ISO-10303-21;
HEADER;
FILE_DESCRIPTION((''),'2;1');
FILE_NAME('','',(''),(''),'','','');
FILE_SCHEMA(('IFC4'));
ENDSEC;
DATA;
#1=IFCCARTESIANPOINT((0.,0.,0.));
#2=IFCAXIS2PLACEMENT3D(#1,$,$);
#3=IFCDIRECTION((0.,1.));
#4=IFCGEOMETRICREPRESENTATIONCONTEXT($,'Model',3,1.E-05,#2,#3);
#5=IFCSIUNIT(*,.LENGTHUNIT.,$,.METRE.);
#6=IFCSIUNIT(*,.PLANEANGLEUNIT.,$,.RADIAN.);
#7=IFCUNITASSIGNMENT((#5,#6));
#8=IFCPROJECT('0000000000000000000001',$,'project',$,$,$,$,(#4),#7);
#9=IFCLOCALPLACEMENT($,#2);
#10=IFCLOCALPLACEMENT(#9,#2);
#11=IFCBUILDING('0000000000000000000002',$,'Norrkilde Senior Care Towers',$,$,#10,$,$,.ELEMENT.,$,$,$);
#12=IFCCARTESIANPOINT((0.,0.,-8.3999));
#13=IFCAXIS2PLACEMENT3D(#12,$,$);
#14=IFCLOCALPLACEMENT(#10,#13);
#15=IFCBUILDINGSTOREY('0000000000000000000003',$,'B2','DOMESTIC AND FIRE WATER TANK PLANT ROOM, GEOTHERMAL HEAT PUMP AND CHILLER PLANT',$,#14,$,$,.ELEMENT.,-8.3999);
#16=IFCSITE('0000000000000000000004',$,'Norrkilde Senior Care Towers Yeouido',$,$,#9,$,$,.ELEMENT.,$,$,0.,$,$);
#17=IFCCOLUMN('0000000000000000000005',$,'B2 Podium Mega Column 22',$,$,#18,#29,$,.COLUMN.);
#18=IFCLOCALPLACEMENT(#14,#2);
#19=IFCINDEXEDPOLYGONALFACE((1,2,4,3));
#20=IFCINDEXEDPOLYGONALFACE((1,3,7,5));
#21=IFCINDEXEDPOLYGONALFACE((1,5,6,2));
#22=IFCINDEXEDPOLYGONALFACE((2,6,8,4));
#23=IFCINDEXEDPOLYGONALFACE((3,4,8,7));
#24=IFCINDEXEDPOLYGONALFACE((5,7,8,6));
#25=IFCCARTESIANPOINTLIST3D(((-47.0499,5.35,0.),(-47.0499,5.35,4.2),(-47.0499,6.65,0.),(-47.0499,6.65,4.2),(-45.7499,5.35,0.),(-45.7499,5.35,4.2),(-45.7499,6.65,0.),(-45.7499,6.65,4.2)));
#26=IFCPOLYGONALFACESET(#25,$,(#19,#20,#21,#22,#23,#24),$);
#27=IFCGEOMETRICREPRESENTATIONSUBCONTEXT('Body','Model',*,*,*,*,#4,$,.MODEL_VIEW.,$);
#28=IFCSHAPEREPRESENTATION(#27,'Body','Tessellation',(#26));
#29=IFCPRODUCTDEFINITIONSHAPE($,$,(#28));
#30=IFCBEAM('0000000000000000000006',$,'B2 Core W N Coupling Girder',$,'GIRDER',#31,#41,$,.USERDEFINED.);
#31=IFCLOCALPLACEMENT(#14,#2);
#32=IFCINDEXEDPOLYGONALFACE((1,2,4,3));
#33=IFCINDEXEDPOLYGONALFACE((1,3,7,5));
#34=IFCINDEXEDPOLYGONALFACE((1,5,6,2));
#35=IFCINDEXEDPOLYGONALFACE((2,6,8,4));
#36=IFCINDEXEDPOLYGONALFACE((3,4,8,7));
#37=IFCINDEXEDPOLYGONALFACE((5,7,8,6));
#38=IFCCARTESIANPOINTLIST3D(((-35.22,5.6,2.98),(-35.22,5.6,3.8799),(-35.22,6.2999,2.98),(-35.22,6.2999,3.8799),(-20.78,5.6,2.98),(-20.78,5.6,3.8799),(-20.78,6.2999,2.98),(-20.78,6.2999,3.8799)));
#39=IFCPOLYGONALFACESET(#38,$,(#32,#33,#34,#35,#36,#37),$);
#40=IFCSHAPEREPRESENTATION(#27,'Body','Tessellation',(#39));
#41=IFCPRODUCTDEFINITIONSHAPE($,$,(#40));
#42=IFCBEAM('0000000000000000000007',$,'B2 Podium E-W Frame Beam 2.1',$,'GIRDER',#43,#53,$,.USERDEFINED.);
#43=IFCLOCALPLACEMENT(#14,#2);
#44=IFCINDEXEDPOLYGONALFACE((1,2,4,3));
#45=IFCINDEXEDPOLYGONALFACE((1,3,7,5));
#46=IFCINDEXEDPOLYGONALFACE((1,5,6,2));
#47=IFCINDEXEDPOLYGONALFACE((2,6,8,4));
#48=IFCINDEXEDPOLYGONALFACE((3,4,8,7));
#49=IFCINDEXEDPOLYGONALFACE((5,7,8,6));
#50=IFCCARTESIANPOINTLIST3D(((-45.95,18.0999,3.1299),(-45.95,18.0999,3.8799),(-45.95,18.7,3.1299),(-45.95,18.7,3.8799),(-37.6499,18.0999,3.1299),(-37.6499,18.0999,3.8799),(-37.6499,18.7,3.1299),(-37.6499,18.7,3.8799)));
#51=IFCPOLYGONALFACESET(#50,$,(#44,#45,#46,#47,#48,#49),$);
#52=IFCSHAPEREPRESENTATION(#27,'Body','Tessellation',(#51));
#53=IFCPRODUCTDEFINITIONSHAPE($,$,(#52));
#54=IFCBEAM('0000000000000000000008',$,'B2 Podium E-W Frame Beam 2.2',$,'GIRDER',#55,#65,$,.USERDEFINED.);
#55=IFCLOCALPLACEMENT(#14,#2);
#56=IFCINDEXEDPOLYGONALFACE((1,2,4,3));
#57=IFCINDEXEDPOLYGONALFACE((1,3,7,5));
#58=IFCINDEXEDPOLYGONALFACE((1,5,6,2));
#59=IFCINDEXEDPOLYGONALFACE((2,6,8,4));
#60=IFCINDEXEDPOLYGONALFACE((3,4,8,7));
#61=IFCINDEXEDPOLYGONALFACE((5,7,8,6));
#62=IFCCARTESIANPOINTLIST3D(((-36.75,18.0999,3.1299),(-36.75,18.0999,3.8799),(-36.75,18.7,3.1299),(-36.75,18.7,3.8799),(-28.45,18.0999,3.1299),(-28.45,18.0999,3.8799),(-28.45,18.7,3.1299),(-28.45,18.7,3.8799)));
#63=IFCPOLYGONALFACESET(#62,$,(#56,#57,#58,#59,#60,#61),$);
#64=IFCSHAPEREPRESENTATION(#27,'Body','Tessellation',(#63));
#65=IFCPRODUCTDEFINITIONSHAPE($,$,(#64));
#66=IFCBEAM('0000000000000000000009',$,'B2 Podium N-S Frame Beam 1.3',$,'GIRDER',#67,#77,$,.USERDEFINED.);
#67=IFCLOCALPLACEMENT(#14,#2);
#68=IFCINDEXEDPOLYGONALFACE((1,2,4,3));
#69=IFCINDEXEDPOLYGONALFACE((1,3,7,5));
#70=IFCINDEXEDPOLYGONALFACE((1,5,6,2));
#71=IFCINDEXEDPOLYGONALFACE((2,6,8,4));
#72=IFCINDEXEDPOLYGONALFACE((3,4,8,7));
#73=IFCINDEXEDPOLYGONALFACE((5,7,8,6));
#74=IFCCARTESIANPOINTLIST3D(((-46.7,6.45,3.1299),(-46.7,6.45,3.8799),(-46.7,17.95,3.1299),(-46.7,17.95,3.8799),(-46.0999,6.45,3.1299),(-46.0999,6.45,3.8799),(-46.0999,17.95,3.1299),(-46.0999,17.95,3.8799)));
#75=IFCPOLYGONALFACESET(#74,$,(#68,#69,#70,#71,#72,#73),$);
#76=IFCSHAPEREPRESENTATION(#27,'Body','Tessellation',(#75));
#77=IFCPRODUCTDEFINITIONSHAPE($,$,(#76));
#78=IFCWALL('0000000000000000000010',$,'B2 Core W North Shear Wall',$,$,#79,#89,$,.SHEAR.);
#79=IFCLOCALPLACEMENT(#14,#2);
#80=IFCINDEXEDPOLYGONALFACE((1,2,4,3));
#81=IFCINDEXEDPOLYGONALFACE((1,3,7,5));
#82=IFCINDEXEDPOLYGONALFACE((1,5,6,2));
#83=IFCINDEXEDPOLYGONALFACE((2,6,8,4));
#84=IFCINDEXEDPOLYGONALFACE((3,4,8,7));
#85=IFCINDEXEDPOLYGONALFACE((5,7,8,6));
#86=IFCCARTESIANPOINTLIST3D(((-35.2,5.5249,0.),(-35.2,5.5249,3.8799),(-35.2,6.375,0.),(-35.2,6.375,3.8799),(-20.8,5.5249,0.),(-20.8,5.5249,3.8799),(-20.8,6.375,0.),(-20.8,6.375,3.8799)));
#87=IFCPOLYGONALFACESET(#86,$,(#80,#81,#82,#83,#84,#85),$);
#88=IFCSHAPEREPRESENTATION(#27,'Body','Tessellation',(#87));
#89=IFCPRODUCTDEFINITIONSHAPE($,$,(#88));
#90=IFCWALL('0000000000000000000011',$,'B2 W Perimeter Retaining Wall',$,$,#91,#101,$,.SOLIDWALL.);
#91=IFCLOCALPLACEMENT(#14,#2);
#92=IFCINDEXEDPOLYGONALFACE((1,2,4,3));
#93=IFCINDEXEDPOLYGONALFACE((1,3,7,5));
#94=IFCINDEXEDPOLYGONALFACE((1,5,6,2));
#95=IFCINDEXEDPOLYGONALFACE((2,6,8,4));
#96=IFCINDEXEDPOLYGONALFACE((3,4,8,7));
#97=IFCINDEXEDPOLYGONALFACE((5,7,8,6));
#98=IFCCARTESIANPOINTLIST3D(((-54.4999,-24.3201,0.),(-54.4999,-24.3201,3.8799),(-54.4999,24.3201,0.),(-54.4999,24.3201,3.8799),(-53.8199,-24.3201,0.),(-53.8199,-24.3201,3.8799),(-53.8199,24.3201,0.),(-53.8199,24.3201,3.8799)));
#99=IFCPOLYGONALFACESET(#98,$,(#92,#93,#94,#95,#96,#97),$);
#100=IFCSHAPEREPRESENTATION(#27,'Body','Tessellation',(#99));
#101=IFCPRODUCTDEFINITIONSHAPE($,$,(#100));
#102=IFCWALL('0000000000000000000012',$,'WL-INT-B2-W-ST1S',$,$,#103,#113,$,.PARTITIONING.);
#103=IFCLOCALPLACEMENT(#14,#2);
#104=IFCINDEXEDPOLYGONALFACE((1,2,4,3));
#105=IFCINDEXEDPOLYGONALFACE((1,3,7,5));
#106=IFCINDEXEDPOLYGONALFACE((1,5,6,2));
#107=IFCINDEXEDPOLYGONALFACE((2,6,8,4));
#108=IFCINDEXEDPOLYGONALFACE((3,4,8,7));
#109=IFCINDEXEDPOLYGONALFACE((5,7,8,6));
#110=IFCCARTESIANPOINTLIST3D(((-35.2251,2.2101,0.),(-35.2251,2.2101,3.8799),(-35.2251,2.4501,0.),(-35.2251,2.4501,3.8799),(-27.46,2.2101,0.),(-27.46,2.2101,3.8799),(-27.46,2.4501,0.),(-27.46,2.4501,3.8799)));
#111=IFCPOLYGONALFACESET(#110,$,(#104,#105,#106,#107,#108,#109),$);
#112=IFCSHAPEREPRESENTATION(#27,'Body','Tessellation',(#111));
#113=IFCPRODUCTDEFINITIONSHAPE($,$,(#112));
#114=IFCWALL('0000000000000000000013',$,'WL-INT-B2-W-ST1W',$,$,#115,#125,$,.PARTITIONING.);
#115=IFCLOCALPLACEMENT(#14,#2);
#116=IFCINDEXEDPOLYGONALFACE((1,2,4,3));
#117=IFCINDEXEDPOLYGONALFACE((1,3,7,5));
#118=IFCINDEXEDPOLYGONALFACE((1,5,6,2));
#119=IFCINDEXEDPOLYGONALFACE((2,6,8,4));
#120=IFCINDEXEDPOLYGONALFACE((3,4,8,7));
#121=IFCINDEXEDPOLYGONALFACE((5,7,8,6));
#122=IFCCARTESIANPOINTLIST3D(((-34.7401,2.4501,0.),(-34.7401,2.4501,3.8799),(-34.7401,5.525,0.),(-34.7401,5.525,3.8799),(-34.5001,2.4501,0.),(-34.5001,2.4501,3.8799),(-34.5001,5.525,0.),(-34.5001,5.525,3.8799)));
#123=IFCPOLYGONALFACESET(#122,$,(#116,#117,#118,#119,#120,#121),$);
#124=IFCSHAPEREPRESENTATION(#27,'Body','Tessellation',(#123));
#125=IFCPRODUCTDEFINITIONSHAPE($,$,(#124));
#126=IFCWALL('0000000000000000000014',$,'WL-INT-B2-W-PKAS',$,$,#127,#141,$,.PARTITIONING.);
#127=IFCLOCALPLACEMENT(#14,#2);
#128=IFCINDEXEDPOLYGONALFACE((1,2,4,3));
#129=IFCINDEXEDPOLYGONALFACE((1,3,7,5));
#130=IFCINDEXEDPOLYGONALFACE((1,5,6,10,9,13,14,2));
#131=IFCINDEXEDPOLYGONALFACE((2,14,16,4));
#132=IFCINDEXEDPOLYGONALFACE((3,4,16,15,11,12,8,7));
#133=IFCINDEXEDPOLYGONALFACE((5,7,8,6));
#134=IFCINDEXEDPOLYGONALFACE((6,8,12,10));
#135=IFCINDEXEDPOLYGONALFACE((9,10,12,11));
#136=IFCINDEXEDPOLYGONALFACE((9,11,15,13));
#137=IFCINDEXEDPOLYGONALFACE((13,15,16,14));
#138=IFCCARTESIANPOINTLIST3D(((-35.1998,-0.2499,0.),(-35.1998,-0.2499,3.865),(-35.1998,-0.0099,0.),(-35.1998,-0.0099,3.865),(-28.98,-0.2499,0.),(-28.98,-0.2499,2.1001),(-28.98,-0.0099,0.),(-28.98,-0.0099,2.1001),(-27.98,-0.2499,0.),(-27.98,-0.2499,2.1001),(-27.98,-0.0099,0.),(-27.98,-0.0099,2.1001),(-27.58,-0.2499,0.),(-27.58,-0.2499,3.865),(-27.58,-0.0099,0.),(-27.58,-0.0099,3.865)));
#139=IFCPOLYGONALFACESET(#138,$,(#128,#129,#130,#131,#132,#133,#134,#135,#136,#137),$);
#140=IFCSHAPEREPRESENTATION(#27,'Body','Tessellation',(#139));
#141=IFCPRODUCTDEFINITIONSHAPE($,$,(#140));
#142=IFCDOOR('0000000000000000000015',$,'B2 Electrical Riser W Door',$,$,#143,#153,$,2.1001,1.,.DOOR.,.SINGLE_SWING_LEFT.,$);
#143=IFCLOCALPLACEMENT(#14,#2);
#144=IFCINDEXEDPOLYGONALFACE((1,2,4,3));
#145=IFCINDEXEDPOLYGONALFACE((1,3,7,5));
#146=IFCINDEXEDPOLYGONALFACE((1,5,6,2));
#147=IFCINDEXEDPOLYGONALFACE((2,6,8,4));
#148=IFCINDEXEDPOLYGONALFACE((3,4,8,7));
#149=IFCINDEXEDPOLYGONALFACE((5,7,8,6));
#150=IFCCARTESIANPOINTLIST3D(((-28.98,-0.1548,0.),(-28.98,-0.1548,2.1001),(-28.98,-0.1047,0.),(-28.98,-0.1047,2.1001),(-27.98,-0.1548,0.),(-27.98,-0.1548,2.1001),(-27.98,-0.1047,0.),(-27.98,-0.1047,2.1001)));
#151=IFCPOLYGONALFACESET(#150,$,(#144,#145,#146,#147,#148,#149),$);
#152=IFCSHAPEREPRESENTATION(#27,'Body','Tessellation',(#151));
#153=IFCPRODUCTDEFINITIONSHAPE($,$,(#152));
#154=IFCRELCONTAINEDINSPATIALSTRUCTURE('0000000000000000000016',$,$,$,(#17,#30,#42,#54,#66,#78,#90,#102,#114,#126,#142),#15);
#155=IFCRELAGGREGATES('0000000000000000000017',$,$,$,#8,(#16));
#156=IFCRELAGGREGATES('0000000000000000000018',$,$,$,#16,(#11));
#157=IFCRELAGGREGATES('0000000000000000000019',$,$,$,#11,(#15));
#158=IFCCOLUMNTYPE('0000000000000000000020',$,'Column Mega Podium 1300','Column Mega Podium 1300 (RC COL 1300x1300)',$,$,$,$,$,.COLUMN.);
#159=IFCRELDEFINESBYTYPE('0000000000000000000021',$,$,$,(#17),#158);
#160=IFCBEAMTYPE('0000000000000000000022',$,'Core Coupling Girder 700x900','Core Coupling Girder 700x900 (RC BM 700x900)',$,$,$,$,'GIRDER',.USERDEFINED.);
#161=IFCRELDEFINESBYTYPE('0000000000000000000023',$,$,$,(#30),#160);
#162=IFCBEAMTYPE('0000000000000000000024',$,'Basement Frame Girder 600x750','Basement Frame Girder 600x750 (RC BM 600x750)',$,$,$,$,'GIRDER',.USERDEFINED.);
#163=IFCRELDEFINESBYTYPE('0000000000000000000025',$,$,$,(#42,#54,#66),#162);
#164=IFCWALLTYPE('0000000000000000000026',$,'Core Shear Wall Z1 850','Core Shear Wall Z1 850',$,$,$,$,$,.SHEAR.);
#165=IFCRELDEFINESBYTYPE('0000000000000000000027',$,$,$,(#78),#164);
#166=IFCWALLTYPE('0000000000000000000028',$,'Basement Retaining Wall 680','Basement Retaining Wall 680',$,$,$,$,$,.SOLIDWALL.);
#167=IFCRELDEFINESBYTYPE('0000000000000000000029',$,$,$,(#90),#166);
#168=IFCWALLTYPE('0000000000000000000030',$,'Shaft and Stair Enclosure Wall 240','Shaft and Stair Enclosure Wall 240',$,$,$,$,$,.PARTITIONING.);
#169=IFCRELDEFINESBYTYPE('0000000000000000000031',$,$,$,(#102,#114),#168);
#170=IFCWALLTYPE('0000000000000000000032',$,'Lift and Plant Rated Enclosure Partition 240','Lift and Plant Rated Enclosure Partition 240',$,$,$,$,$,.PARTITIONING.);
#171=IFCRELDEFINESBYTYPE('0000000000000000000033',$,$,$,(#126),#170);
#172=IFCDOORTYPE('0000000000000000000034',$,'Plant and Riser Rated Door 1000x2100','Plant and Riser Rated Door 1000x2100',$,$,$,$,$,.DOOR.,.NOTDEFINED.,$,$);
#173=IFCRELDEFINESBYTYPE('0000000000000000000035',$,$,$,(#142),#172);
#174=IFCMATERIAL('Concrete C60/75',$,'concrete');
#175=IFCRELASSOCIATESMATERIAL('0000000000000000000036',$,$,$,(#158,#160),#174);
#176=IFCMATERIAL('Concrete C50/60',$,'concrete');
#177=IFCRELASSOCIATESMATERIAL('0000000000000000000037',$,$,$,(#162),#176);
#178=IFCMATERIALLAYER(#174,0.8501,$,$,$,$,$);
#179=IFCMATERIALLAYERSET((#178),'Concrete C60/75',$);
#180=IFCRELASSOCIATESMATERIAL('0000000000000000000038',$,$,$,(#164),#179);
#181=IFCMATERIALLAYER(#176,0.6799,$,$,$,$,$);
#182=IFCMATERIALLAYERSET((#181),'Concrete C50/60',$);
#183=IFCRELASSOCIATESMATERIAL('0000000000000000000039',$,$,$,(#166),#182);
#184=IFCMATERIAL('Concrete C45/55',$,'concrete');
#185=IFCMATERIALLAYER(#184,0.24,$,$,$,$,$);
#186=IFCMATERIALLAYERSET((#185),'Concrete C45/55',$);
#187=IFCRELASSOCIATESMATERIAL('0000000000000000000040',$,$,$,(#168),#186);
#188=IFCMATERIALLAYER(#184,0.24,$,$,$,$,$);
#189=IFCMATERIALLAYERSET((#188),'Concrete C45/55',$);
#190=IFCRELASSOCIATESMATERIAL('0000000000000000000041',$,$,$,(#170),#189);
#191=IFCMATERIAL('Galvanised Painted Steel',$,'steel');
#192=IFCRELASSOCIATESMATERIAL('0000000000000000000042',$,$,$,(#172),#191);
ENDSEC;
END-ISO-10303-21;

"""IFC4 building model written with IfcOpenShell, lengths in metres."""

from ifc_helpers import new_model, si_unit, direction, frame, frame_2d, origin, origin_2d, place, context, subcontext, project, spatial, rectangle, extrude, source, transform, mapped, material, layer, layer_set, material_profile, profile_set, type_object, type_shapes, element, fill, save


model = new_model("IFC4")

# Units and contexts
model_context = context("Model", 3, precision=1e-05, world=origin(), true_north=direction((0.0, 1.0)))
body_context = subcontext(model_context, "Body", "Model", "MODEL_VIEW")
ifc_project = project(units=[si_unit("LENGTHUNIT", "METRE"), si_unit("PLANEANGLEUNIT", "RADIAN")], contexts=[model_context])

# Site, building, storey
site_placement = place(None, origin())
site = spatial("IfcSite", under=ifc_project, at=site_placement, Name="Norrkilde Senior Care Towers Yeouido", CompositionType="ELEMENT", RefElevation=0.0)
building_placement = place(site_placement, origin())
building = spatial("IfcBuilding", under=site, at=building_placement, Name="Norrkilde Senior Care Towers", CompositionType="ELEMENT")
storey_placement = place(building_placement, frame((0.0, 0.0, -8.3999)))
storey = spatial("IfcBuildingStorey", under=building, at=storey_placement, Name="B2", Description="DOMESTIC AND FIRE WATER TANK PLANT ROOM, GEOTHERMAL HEAT PUMP AND CHILLER PLANT", CompositionType="ELEMENT", Elevation=-8.3999)

# Shared definitions
ifc_material_1 = material(Name="Concrete C45/55", Category="concrete")

# Column
ifc_material_2 = material(Name="Concrete C60/75", Category="concrete")
ifc_material_profile_1 = material_profile(ifc_material_2, rectangle(XDim=1.3, YDim=1.3, at=origin_2d()), Name="RC COL 1300x1300")
ifc_profile_set_1 = profile_set([ifc_material_profile_1], Name="Concrete C60/75")
column_type_1 = type_object("IfcColumnType", Name="Column Mega Podium 1300", Description="Column Mega Podium 1300 (RC COL 1300x1300)", PredefinedType="COLUMN", material=ifc_profile_set_1)
shared_shape_1 = source(origin(), body_context, "Body", "SweptSolid", [
    extrude(rectangle(XDim=1.3, YDim=1.3, at=origin_2d()), origin(), (0.0, 0.0, 1.0), 4.2),
])
type_shapes(column_type_1, [shared_shape_1])
for number, where, z_axis, x_axis, name in (
    (1, (-46.3999, 6.0, 0.0), (0.0, 0.0, 1.0), (1.0, 0.0, 0.0), "B2 Podium Mega Column 22"),
):
    element("IfcColumn", number, at=place(storey_placement, frame(where, z_axis=z_axis, x_axis=x_axis)), inside=storey, type_object=column_type_1, Name=name, PredefinedType="COLUMN", context=body_context, shape_type="MappedRepresentation", body=[
        mapped(shared_shape_1, transform((0.0, 0.0, 0.0), x_axis=(1.0, 0.0, 0.0), y_axis=(0.0, 1.0, 0.0), z_axis=(0.0, 0.0, 1.0), scale=1.0)),
    ])

# Beams
ifc_material_profile_2 = material_profile(ifc_material_2, rectangle(XDim=0.7, YDim=0.8999, at=origin_2d()), Name="RC BM 700x900")
ifc_profile_set_2 = profile_set([ifc_material_profile_2], Name="Concrete C60/75")
beam_type_1 = type_object("IfcBeamType", Name="Core Coupling Girder 700x900", Description="Core Coupling Girder 700x900 (RC BM 700x900)", ElementType="GIRDER", PredefinedType="USERDEFINED", material=ifc_profile_set_2)
shared_shape_2 = source(origin(), body_context, "Body", "SweptSolid", [
    extrude(rectangle(XDim=0.7, YDim=0.8999, at=origin_2d()), origin(), (0.0, 0.0, 1.0), 14.4399),
])
type_shapes(beam_type_1, [shared_shape_2])
beam_1_placement = place(storey_placement, frame((-35.22, 5.95, 3.4299), z_axis=(1.0, 0.0, 0.0), x_axis=(0.0, 1.0, 0.0)))
element("IfcBeam", 2, at=beam_1_placement, inside=storey, type_object=beam_type_1, Name="B2 Core W N Coupling Girder", ObjectType="GIRDER", PredefinedType="USERDEFINED", context=body_context, shape_type="MappedRepresentation", body=[
    mapped(shared_shape_2, transform((0.0, 0.0, 0.0), x_axis=(1.0, 0.0, 0.0), y_axis=(0.0, 1.0, 0.0), z_axis=(0.0, 0.0, 1.0), scale=1.0)),
])
ifc_material_3 = material(Name="Concrete C50/60", Category="concrete")
ifc_material_profile_3 = material_profile(ifc_material_3, rectangle(XDim=0.6001, YDim=0.75, at=origin_2d()), Name="RC BM 600x750")
ifc_profile_set_3 = profile_set([ifc_material_profile_3], Name="Concrete C50/60")
beam_type_2 = type_object("IfcBeamType", Name="Basement Frame Girder 600x750", Description="Basement Frame Girder 600x750 (RC BM 600x750)", ElementType="GIRDER", PredefinedType="USERDEFINED", material=ifc_profile_set_3)
shared_shape_3 = source(origin(), body_context, "Body", "SweptSolid", [
    extrude(rectangle(XDim=0.6001, YDim=0.75, at=origin_2d()), origin(), (0.0, 0.0, 1.0), 8.3),
])
for number, where, z_axis, x_axis, name in (
    (3, (-45.95, 18.3999, 3.5049), (1.0, 0.0, 0.0), (0.0, 1.0, 0.0), "B2 Podium E-W Frame Beam 2.1"),
    (4, (-36.75, 18.3999, 3.5049), (1.0, 0.0, 0.0), (0.0, 1.0, 0.0), "B2 Podium E-W Frame Beam 2.2"),
):
    element("IfcBeam", number, at=place(storey_placement, frame(where, z_axis=z_axis, x_axis=x_axis)), inside=storey, type_object=beam_type_2, Name=name, ObjectType="GIRDER", PredefinedType="USERDEFINED", context=body_context, shape_type="MappedRepresentation", body=[
        mapped(shared_shape_3, transform((0.0, 0.0, 0.0), x_axis=(1.0, 0.0, 0.0), y_axis=(0.0, 1.0, 0.0), z_axis=(0.0, 0.0, 1.0), scale=1.0)),
    ])
shared_shape_4 = source(origin(), body_context, "Body", "SweptSolid", [
    extrude(rectangle(XDim=0.6001, YDim=0.75, at=origin_2d()), origin(), (0.0, 0.0, 1.0), 11.5),
])
type_shapes(beam_type_2, [shared_shape_3, shared_shape_4])
beam_2_placement = place(storey_placement, frame((-46.3999, 6.45, 3.5049), z_axis=(0.0, 1.0, 0.0), x_axis=(-1.0, 0.0, 0.0)))
element("IfcBeam", 5, at=beam_2_placement, inside=storey, type_object=beam_type_2, Name="B2 Podium N-S Frame Beam 1.3", ObjectType="GIRDER", PredefinedType="USERDEFINED", context=body_context, shape_type="MappedRepresentation", body=[
    mapped(shared_shape_4, transform((0.0, 0.0, 0.0), x_axis=(1.0, 0.0, 0.0), y_axis=(0.0, 1.0, 0.0), z_axis=(0.0, 0.0, 1.0), scale=1.0)),
])

# Walls
ifc_layer_1 = layer(ifc_material_2, 0.8501)
ifc_layer_set_1 = layer_set([ifc_layer_1], Name="Concrete C60/75")
wall_type_1 = type_object("IfcWallType", Name="Core Shear Wall Z1 850", Description="Core Shear Wall Z1 850", PredefinedType="SHEAR", material=ifc_layer_set_1)
shared_shape_5 = source(origin(), body_context, "Body", "SweptSolid", [
    extrude(rectangle(XDim=14.3999, YDim=0.8501, at=frame_2d((7.2, 0.0))), origin(), (0.0, 0.0, 1.0), 3.8799),
])
type_shapes(wall_type_1, [shared_shape_5])
wall_1_placement = place(storey_placement, frame((-35.2, 5.95, 0.0), z_axis=(0.0, 0.0, 1.0), x_axis=(1.0, 0.0, 0.0)))
element("IfcWall", 6, at=wall_1_placement, inside=storey, type_object=wall_type_1, Name="B2 Core W North Shear Wall", PredefinedType="SHEAR", context=body_context, shape_type="MappedRepresentation", body=[
    mapped(shared_shape_5, transform((0.0, 0.0, 0.0), x_axis=(1.0, 0.0, 0.0), y_axis=(0.0, 1.0, 0.0), z_axis=(0.0, 0.0, 1.0), scale=1.0)),
])
ifc_layer_2 = layer(ifc_material_3, 0.6799)
ifc_layer_set_2 = layer_set([ifc_layer_2], Name="Concrete C50/60")
wall_type_2 = type_object("IfcWallType", Name="Basement Retaining Wall 680", Description="Basement Retaining Wall 680", PredefinedType="SOLIDWALL", material=ifc_layer_set_2)
shared_shape_6 = source(origin(), body_context, "Body", "SweptSolid", [
    extrude(rectangle(XDim=48.6401, YDim=0.6799, at=frame_2d((24.3201, 0.0))), origin(), (0.0, 0.0, 1.0), 3.8799),
])
type_shapes(wall_type_2, [shared_shape_6])
wall_2_placement = place(storey_placement, frame((-54.1599, 24.3201, 0.0), z_axis=(0.0, 0.0, 1.0), x_axis=(0.0, -1.0, 0.0)))
element("IfcWall", 7, at=wall_2_placement, inside=storey, type_object=wall_type_2, Name="B2 W Perimeter Retaining Wall", PredefinedType="SOLIDWALL", context=body_context, shape_type="MappedRepresentation", body=[
    mapped(shared_shape_6, transform((0.0, 0.0, 0.0), x_axis=(1.0, 0.0, 0.0), y_axis=(0.0, 1.0, 0.0), z_axis=(0.0, 0.0, 1.0), scale=1.0)),
])
ifc_layer_3 = layer(ifc_material_1, 0.24)
ifc_layer_set_3 = layer_set([ifc_layer_3], Name="Concrete C45/55")
wall_type_3 = type_object("IfcWallType", Name="Shaft and Stair Enclosure Wall 240", Description="Shaft and Stair Enclosure Wall 240", PredefinedType="PARTITIONING", material=ifc_layer_set_3)
shared_shape_7 = source(origin(), body_context, "Body", "SweptSolid", [
    extrude(rectangle(XDim=7.7651, YDim=0.24, at=frame_2d((3.8826, 0.0))), origin(), (0.0, 0.0, 1.0), 3.8799),
])
wall_3_placement = place(storey_placement, frame((-35.2251, 2.3301, 0.0), z_axis=(0.0, 0.0, 1.0), x_axis=(1.0, 0.0, 0.0)))
element("IfcWall", 8, at=wall_3_placement, inside=storey, type_object=wall_type_3, Name="WL-INT-B2-W-ST1S", PredefinedType="PARTITIONING", context=body_context, shape_type="MappedRepresentation", body=[
    mapped(shared_shape_7, transform((0.0, 0.0, 0.0), x_axis=(1.0, 0.0, 0.0), y_axis=(0.0, 1.0, 0.0), z_axis=(0.0, 0.0, 1.0), scale=1.0)),
])
shared_shape_8 = source(origin(), body_context, "Body", "SweptSolid", [
    extrude(rectangle(XDim=3.075, YDim=0.24, at=frame_2d((1.5376, 0.0))), origin(), (0.0, 0.0, 1.0), 3.8799),
])
type_shapes(wall_type_3, [shared_shape_7, shared_shape_8])
wall_4_placement = place(storey_placement, frame((-34.6201, 2.45, 0.0), z_axis=(0.0, 0.0, 1.0), x_axis=(0.0, 1.0, 0.0)))
element("IfcWall", 9, at=wall_4_placement, inside=storey, type_object=wall_type_3, Name="WL-INT-B2-W-ST1W", PredefinedType="PARTITIONING", context=body_context, shape_type="MappedRepresentation", body=[
    mapped(shared_shape_8, transform((0.0, 0.0, 0.0), x_axis=(1.0, 0.0, 0.0), y_axis=(0.0, 1.0, 0.0), z_axis=(0.0, 0.0, 1.0), scale=1.0)),
])

# Wall, opening, door
ifc_layer_4 = layer(ifc_material_1, 0.24)
ifc_layer_set_4 = layer_set([ifc_layer_4], Name="Concrete C45/55")
wall_type_4 = type_object("IfcWallType", Name="Lift and Plant Rated Enclosure Partition 240", Description="Lift and Plant Rated Enclosure Partition 240", PredefinedType="PARTITIONING", material=ifc_layer_set_4)
shared_shape_9 = source(origin(), body_context, "Body", "SweptSolid", [
    extrude(rectangle(XDim=7.6199, YDim=0.24, at=frame_2d((3.8101, 0.0))), origin(), (0.0, 0.0, 1.0), 3.865),
])
type_shapes(wall_type_4, [shared_shape_9])
wall_5_placement = place(storey_placement, frame((-35.2, -0.1299, 0.0), z_axis=(0.0, 0.0, 1.0), x_axis=(1.0, 0.0, 0.0)))
wall_5 = element("IfcWall", 10, at=wall_5_placement, inside=storey, type_object=wall_type_4, Name="WL-INT-B2-W-PKAS", PredefinedType="PARTITIONING", context=body_context, shape_type="MappedRepresentation", body=[
    mapped(shared_shape_9, transform((0.0, 0.0, 0.0), x_axis=(1.0, 0.0, 0.0), y_axis=(0.0, 1.0, 0.0), z_axis=(0.0, 0.0, 1.0), scale=1.0)),
])
opening_placement = place(wall_5_placement, frame((6.22, 0.0, 0.0)))
opening = element("IfcOpeningElement", 11, at=opening_placement, cuts=wall_5, PredefinedType="OPENING", context=body_context, shape_type="SweptSolid", body=[
    extrude(rectangle(XDim=1.0, YDim=2.1001, at=frame_2d((0.5, 1.05))), frame((0.0, 0.1299, 0.0), z_axis=(0.0, -1.0, 0.0), x_axis=(1.0, 0.0, 0.0)), (0.0, 0.0, 1.0), 0.26),
])
ifc_material_4 = material(Name="Galvanised Painted Steel", Category="steel")
door_type = type_object("IfcDoorType", Name="Plant and Riser Rated Door 1000x2100", Description="Plant and Riser Rated Door 1000x2100", OperationType="NOTDEFINED", PredefinedType="DOOR", material=ifc_material_4)
shared_shape_10 = source(origin(), body_context, "Body", "SweptSolid", [
    extrude(rectangle(XDim=1.0, YDim=2.1001, at=frame_2d((0.5, 1.05))), frame((0.0, 0.0249, 0.0), z_axis=(0.0, -1.0, 0.0), x_axis=(1.0, 0.0, 0.0)), (0.0, 0.0, 1.0), 0.05),
])
type_shapes(door_type, [shared_shape_10])
door_placement = place(opening_placement, frame((1.0, 0.0, 0.0), z_axis=(0.0, 0.0, 1.0), x_axis=(-1.0, 0.0, 0.0)))
door = element("IfcDoor", 12, at=door_placement, inside=storey, type_object=door_type, Name="B2 Electrical Riser W Door", OperationType="SINGLE_SWING_LEFT", OverallHeight=2.1001, OverallWidth=1.0, PredefinedType="DOOR", context=body_context, shape_type="MappedRepresentation", body=[
    mapped(shared_shape_10, transform((0.0, 0.0, 0.0), x_axis=(1.0, 0.0, 0.0), y_axis=(0.0, 1.0, 0.0), z_axis=(0.0, 0.0, 1.0), scale=1.0)),
])
fill(opening, door)

save(model, "model.ifc")
